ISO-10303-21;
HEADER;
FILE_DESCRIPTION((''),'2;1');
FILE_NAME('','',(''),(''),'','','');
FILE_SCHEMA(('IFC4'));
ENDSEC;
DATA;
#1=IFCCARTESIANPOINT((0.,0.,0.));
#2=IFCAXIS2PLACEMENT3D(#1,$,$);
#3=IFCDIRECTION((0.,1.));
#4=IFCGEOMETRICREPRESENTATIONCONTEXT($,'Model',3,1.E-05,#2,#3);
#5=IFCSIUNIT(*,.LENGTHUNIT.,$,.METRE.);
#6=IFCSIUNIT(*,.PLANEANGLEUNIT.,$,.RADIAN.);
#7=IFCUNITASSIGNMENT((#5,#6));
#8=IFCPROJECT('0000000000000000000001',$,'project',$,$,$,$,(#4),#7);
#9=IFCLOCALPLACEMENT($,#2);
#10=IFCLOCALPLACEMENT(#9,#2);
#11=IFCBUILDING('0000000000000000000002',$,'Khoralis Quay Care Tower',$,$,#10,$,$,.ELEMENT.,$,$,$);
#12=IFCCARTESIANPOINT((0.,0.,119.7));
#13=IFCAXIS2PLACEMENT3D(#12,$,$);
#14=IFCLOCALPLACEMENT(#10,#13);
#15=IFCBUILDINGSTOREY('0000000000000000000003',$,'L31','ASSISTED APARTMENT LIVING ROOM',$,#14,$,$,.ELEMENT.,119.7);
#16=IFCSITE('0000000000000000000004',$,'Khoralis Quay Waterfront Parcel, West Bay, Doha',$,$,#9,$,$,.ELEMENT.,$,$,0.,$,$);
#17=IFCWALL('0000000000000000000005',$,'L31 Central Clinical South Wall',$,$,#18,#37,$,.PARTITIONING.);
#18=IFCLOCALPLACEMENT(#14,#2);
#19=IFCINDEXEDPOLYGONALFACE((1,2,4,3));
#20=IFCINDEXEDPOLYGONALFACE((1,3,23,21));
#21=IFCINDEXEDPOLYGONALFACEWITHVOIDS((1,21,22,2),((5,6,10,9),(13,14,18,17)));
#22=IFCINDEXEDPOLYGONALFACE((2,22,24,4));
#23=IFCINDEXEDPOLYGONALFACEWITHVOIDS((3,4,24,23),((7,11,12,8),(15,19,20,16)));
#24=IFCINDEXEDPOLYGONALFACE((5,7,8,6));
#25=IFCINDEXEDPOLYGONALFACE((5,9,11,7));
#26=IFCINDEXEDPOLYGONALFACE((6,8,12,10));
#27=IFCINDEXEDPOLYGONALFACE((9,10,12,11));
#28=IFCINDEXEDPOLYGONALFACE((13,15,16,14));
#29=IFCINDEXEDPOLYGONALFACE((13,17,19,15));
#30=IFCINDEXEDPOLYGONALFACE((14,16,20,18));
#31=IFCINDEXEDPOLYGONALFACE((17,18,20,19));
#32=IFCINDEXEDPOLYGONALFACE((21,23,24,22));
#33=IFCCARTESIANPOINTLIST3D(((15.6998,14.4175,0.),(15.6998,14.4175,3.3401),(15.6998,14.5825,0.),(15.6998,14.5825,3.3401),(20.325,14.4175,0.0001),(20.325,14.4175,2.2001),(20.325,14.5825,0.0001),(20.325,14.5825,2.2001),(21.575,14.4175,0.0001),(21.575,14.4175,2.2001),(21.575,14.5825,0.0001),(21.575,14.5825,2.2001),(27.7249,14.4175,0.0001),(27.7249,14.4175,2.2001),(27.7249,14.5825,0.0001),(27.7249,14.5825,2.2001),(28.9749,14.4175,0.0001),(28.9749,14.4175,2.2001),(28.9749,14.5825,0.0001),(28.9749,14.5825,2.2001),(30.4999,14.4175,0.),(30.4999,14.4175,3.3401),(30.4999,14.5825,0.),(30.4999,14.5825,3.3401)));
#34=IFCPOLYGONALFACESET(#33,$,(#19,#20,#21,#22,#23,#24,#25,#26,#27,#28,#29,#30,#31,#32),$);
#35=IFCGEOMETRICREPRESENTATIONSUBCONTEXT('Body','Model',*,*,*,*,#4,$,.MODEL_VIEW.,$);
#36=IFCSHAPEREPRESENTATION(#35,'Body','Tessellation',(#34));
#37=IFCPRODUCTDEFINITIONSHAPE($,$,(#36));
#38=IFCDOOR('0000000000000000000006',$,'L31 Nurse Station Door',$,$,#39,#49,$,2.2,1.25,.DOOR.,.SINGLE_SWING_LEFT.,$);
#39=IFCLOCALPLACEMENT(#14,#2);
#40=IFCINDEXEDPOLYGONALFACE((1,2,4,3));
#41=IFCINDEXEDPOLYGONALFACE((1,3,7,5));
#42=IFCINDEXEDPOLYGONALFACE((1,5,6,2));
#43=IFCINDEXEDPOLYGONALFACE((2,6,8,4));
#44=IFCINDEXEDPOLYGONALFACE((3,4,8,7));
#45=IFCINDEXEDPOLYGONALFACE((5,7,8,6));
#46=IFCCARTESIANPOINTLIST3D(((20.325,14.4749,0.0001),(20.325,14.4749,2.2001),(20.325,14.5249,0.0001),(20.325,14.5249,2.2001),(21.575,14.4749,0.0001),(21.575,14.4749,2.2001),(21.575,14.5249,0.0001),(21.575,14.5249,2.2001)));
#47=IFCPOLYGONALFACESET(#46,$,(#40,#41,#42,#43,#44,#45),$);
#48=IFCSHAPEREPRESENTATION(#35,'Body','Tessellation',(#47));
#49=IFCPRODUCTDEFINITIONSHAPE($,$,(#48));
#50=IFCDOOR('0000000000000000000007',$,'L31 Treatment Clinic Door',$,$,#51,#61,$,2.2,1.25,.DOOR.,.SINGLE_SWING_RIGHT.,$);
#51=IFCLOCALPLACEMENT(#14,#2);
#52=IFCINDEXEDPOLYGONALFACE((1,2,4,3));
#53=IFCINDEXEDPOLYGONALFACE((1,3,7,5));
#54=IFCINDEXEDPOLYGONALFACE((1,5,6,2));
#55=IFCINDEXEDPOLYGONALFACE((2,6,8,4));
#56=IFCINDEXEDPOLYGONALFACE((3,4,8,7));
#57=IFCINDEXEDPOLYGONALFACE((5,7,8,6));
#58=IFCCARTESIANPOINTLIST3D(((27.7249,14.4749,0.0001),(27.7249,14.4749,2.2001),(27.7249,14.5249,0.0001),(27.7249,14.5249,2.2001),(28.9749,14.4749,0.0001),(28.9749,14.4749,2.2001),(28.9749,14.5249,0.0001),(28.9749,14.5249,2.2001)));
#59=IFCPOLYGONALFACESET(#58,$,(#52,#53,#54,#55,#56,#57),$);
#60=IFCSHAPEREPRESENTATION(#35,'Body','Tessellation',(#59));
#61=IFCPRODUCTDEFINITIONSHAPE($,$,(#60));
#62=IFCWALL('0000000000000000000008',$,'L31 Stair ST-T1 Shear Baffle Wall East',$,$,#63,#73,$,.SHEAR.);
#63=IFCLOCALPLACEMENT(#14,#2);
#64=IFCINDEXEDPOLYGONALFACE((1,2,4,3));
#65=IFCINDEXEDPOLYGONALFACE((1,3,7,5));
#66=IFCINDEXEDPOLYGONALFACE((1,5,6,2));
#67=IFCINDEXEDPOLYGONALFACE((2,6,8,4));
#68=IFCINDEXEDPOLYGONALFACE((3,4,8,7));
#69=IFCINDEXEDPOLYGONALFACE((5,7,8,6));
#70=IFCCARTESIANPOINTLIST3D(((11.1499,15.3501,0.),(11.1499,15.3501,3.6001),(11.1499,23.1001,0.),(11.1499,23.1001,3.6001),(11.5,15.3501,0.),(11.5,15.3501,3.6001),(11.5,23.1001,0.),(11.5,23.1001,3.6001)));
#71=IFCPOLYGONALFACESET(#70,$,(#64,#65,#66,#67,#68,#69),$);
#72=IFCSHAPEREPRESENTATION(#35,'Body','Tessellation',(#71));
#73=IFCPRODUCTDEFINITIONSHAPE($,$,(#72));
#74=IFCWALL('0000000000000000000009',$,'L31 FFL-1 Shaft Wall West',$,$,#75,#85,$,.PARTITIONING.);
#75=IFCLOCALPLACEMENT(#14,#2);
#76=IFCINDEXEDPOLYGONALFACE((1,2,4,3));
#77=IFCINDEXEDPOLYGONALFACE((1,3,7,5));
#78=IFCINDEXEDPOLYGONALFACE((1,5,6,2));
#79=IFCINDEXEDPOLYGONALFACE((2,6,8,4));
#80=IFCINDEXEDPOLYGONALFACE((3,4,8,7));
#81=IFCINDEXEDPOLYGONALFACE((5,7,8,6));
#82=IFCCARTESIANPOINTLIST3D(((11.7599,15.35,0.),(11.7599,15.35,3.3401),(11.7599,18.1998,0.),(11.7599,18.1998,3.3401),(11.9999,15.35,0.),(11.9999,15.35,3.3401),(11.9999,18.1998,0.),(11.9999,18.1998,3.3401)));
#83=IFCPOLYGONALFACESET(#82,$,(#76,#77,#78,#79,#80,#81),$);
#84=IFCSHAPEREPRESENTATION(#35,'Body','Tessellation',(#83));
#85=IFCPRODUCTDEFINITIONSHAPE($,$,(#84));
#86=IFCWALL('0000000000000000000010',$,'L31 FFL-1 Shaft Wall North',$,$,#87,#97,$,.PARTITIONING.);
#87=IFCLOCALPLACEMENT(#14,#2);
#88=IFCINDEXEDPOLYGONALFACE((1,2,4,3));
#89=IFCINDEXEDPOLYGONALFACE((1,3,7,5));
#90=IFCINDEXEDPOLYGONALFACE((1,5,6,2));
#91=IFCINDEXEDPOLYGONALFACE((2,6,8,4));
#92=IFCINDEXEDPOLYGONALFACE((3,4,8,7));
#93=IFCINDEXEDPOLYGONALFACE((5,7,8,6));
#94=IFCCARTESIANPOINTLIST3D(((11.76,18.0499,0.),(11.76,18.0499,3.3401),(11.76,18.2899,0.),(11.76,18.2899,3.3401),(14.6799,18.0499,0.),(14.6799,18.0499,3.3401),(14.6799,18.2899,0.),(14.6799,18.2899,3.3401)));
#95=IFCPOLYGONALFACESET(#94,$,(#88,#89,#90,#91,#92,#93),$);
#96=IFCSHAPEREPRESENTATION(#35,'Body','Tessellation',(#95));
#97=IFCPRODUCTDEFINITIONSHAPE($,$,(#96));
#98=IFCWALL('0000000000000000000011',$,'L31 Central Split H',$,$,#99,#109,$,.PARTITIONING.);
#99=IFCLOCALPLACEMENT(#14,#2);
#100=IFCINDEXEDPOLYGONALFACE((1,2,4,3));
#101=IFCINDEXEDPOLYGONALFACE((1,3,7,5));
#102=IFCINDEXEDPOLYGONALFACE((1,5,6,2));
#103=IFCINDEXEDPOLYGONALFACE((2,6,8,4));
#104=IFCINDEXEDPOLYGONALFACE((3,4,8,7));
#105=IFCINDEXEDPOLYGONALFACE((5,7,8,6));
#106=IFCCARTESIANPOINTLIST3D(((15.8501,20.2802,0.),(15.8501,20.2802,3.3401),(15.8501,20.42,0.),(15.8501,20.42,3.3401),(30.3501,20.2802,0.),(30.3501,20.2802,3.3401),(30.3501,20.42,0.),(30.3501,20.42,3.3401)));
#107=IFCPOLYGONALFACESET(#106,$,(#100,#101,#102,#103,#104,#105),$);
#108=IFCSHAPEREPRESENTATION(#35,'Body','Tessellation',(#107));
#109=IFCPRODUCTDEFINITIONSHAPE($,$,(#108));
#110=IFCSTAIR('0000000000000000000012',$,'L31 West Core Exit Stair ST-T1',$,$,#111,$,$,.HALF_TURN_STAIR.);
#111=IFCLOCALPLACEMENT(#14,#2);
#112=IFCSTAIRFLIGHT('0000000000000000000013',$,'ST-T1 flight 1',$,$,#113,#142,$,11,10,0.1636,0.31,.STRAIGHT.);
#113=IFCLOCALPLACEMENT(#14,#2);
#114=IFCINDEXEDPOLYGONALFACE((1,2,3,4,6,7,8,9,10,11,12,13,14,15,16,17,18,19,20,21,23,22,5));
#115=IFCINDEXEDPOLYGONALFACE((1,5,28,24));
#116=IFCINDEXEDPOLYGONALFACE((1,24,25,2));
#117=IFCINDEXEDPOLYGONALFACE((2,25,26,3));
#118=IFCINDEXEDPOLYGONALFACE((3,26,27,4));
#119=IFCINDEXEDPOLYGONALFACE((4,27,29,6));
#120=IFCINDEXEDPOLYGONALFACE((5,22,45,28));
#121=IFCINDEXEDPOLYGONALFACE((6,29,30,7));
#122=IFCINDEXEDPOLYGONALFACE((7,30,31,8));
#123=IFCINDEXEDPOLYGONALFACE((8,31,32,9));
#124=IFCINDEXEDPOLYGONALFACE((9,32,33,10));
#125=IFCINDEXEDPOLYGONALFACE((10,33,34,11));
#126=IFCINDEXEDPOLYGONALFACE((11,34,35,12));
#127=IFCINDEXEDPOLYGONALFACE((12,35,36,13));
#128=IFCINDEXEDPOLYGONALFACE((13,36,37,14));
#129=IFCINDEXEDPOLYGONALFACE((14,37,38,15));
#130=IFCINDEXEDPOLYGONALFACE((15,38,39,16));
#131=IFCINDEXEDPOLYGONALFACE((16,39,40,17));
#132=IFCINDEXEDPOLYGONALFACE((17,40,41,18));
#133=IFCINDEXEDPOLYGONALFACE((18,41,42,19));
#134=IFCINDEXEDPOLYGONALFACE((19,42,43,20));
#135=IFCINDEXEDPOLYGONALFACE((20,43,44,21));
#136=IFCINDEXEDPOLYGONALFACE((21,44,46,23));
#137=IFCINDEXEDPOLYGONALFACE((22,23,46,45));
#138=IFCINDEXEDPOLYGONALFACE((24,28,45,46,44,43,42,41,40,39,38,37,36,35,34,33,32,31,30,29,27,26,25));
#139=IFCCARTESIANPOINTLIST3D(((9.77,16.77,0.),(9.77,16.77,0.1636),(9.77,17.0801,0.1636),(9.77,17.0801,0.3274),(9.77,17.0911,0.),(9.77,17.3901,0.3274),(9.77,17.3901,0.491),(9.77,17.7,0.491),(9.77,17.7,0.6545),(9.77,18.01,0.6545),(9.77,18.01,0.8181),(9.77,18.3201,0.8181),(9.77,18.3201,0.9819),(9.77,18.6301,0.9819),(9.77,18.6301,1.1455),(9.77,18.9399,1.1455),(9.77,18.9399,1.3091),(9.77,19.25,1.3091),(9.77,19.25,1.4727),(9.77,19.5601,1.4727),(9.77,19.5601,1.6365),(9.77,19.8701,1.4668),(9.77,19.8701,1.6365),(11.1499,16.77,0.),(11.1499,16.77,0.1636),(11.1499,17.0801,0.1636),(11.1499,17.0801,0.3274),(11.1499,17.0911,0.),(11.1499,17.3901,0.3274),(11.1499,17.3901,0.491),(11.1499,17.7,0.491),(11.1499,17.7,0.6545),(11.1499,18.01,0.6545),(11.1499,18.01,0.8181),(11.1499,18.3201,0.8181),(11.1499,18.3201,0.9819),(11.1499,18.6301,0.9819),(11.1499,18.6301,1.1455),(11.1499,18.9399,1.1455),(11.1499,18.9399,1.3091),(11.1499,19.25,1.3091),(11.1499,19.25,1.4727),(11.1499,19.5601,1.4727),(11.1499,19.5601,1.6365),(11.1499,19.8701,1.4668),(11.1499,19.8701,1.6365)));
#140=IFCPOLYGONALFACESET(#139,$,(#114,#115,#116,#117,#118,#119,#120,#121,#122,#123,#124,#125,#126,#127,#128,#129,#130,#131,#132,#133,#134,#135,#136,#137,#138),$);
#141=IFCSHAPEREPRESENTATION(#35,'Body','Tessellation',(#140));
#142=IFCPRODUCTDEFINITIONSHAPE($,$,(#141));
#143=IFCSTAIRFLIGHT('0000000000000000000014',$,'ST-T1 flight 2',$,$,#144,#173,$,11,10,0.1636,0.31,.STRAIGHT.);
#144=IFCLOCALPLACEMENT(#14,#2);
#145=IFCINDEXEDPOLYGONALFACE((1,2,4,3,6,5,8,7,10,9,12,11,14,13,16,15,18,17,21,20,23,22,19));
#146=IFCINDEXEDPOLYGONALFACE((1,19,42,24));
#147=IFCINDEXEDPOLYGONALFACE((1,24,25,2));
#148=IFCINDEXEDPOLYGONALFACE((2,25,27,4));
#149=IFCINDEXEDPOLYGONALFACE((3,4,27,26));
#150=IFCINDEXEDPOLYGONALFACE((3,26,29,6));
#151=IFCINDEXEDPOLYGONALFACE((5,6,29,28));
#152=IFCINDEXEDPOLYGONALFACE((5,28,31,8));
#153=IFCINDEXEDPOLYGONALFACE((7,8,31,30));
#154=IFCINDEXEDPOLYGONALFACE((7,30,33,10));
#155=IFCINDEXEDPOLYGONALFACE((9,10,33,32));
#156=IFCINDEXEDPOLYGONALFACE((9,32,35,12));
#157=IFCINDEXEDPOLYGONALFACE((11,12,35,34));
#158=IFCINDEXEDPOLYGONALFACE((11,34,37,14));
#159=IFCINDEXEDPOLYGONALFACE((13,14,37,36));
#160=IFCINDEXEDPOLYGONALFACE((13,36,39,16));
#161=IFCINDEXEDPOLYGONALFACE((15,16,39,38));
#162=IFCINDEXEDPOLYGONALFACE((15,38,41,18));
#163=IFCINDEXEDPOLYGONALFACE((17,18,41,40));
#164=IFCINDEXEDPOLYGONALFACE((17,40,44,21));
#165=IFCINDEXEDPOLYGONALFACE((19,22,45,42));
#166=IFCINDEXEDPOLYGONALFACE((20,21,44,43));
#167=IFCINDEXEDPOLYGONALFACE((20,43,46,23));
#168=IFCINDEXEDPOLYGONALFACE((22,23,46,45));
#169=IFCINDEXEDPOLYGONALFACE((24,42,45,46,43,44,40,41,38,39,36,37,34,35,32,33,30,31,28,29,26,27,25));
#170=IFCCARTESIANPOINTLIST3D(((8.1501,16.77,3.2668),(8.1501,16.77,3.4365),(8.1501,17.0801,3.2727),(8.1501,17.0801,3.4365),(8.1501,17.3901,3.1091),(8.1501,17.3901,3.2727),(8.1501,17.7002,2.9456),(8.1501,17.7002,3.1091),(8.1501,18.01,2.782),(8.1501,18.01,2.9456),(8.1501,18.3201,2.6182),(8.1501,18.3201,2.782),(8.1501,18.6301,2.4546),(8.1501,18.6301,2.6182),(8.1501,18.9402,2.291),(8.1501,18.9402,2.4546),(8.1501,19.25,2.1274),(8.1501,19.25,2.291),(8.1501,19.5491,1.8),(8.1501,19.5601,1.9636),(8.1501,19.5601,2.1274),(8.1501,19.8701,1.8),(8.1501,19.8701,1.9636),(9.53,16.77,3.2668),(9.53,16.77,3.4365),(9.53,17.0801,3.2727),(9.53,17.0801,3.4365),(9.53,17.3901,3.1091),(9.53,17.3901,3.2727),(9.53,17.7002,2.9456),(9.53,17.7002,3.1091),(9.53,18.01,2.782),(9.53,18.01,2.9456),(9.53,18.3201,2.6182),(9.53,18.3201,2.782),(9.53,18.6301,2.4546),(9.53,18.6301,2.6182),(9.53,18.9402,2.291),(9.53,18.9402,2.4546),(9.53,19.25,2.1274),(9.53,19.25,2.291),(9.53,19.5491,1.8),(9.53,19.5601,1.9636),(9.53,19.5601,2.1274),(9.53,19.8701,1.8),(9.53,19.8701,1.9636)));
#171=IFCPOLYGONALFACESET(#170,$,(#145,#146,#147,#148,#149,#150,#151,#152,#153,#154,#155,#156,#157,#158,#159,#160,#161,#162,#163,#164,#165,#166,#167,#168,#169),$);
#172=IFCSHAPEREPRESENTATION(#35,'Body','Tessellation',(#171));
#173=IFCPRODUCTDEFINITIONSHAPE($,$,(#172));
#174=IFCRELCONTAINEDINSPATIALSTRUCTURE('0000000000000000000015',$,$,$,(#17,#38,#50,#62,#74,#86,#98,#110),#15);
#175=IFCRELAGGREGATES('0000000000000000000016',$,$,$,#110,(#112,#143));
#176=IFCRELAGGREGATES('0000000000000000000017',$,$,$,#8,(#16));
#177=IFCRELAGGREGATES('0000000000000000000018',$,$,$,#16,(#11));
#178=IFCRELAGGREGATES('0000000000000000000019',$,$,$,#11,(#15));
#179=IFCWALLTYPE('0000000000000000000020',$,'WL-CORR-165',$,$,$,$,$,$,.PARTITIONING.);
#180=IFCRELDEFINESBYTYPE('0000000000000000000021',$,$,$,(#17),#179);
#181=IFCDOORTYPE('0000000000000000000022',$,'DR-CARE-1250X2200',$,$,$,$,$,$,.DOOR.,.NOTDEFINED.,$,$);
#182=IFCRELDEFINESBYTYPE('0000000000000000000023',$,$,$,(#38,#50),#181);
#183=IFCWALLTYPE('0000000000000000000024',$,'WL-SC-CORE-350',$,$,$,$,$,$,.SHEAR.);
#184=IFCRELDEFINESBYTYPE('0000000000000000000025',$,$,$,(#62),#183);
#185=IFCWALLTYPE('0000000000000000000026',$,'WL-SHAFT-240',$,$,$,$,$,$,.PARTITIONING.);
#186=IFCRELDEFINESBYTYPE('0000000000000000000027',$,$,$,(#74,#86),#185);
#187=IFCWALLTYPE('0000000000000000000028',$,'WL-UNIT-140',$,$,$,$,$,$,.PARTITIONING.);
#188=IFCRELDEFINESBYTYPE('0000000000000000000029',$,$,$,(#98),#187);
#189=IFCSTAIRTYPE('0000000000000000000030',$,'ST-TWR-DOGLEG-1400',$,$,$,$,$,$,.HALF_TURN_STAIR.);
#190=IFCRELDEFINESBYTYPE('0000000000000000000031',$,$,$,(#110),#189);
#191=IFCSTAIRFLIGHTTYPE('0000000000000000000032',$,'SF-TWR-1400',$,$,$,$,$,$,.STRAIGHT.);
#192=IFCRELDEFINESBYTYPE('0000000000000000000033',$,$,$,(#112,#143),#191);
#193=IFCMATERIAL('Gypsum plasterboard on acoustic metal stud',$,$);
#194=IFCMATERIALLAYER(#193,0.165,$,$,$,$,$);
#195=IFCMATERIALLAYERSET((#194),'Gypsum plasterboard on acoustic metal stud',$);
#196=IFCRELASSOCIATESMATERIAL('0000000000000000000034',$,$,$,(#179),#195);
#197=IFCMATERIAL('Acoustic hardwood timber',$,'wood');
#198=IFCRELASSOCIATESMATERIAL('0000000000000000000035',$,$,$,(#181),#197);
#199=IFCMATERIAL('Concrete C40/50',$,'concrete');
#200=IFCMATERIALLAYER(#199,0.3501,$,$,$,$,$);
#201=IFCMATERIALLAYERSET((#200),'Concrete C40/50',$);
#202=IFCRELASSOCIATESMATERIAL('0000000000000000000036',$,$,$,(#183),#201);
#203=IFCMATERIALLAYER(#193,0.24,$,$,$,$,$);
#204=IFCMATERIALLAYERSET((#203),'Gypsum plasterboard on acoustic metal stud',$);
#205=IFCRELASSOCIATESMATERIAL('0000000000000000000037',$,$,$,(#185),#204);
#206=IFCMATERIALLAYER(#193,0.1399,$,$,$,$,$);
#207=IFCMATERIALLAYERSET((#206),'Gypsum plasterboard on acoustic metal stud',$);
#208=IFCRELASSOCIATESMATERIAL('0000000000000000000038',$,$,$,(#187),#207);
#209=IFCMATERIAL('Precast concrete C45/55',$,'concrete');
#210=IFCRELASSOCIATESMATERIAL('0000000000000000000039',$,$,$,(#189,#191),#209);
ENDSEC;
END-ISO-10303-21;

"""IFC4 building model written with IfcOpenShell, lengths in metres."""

from ifc_helpers import new_model, si_unit, direction, frame, frame_2d, origin, place, context, subcontext, project, spatial, polyline, rectangle, outline, extrude, source, transform, mapped, material, layer, layer_set, type_object, element, fill, aggregate, save


model = new_model("IFC4")

# Units and contexts
model_context = context("Model", 3, precision=1e-05, world=origin(), true_north=direction((0.0, 1.0)))
body_context = subcontext(model_context, "Body", "Model", "MODEL_VIEW")
ifc_project = project(units=[si_unit("LENGTHUNIT", "METRE"), si_unit("PLANEANGLEUNIT", "RADIAN")], contexts=[model_context])

# Site, building, storey
site_placement = place(None, origin())
site = spatial("IfcSite", under=ifc_project, at=site_placement, Name="Khoralis Quay Waterfront Parcel, West Bay, Doha", CompositionType="ELEMENT", RefElevation=0.0)
building_placement = place(site_placement, origin())
building = spatial("IfcBuilding", under=site, at=building_placement, Name="Khoralis Quay Care Tower", CompositionType="ELEMENT")
storey_placement = place(building_placement, frame((0.0, 0.0, 119.7)))
storey = spatial("IfcBuildingStorey", under=building, at=storey_placement, Name="L31", Description="ASSISTED APARTMENT LIVING ROOM", CompositionType="ELEMENT", Elevation=119.7)

# Shared definitions
ifc_material_1 = material(Name="Gypsum plasterboard on acoustic metal stud")

# Wall, openings, doors
ifc_layer_1 = layer(ifc_material_1, 0.165)
ifc_layer_set_1 = layer_set([ifc_layer_1], Name="Gypsum plasterboard on acoustic metal stud")
wall_type_1 = type_object("IfcWallType", Name="WL-CORR-165", PredefinedType="PARTITIONING", material=ifc_layer_set_1)
wall_1_placement = place(storey_placement, frame((15.7, 14.5, 0.0), z_axis=(0.0, 0.0, 1.0), x_axis=(1.0, 0.0, 0.0)))
wall_1 = element("IfcWall", 1, at=wall_1_placement, inside=storey, type_object=wall_type_1, Name="L31 Central Clinical South Wall", PredefinedType="PARTITIONING", context=body_context, shape_type="SweptSolid", body=[
    extrude(rectangle(XDim=14.8, YDim=0.165, at=frame_2d((7.3999, 0.0))), origin(), (0.0, 0.0, 1.0), 3.3401),
])
opening_1_placement = place(wall_1_placement, frame((4.625, 0.0, 0.0)))
opening_1 = element("IfcOpeningElement", 2, at=opening_1_placement, cuts=wall_1, PredefinedType="OPENING", context=body_context, shape_type="SweptSolid", body=[
    extrude(rectangle(XDim=1.25, YDim=2.2, at=frame_2d((0.625, 1.1001))), frame((0.0, 0.0925, 0.0), z_axis=(0.0, -1.0, 0.0), x_axis=(1.0, 0.0, 0.0)), (0.0, 0.0, 1.0), 0.1851),
])
opening_2_placement = place(wall_1_placement, frame((12.0249, 0.0, 0.0)))
opening_2 = element("IfcOpeningElement", 3, at=opening_2_placement, cuts=wall_1, PredefinedType="OPENING", context=body_context, shape_type="SweptSolid", body=[
    extrude(rectangle(XDim=1.25, YDim=2.2, at=frame_2d((0.625, 1.1001))), frame((0.0, 0.0925, 0.0), z_axis=(0.0, -1.0, 0.0), x_axis=(1.0, 0.0, 0.0)), (0.0, 0.0, 1.0), 0.1851),
])
ifc_material_2 = material(Name="Acoustic hardwood timber", Category="wood")
door_type_1 = type_object("IfcDoorType", Name="DR-CARE-1250X2200", OperationType="NOTDEFINED", PredefinedType="DOOR", material=ifc_material_2)
shared_shape_1 = source(origin(), body_context, "Body", "SweptSolid", [
    extrude(rectangle(XDim=1.25, YDim=2.2, at=frame_2d((0.625, 1.1001))), frame((0.0, 0.0249, 0.0), z_axis=(0.0, -1.0, 0.0), x_axis=(1.0, 0.0, 0.0)), (0.0, 0.0, 1.0), 0.05),
])
door_1_placement = place(opening_1_placement, origin())
door_1 = element("IfcDoor", 4, at=door_1_placement, inside=storey, type_object=door_type_1, Name="L31 Nurse Station Door", OperationType="SINGLE_SWING_LEFT", OverallHeight=2.2, OverallWidth=1.25, PredefinedType="DOOR", context=body_context, shape_type="MappedRepresentation", body=[
    mapped(shared_shape_1, transform((0.0, 0.0, 0.0), scale=1.0)),
])
fill(opening_1, door_1)
door_2_placement = place(opening_2_placement, origin())
door_2 = element("IfcDoor", 5, at=door_2_placement, inside=storey, type_object=door_type_1, Name="L31 Treatment Clinic Door", OperationType="SINGLE_SWING_RIGHT", OverallHeight=2.2, OverallWidth=1.25, PredefinedType="DOOR", context=body_context, shape_type="MappedRepresentation", body=[
    mapped(shared_shape_1, transform((0.0, 0.0, 0.0), scale=1.0)),
])
fill(opening_2, door_2)

# Walls
ifc_material_3 = material(Name="Concrete C40/50", Category="concrete")
ifc_layer_2 = layer(ifc_material_3, 0.3501)
ifc_layer_set_2 = layer_set([ifc_layer_2], Name="Concrete C40/50")
wall_type_2 = type_object("IfcWallType", Name="WL-SC-CORE-350", PredefinedType="SHEAR", material=ifc_layer_set_2)
wall_2_placement = place(storey_placement, frame((11.325, 15.3501, 0.0), z_axis=(0.0, 0.0, 1.0), x_axis=(0.0, 1.0, 0.0)))
element("IfcWall", 6, at=wall_2_placement, inside=storey, type_object=wall_type_2, Name="L31 Stair ST-T1 Shear Baffle Wall East", PredefinedType="SHEAR", context=body_context, shape_type="SweptSolid", body=[
    extrude(rectangle(XDim=7.75, YDim=0.3501, at=frame_2d((3.875, 0.0))), origin(), (0.0, 0.0, 1.0), 3.6001),
])
ifc_layer_3 = layer(ifc_material_1, 0.24)
ifc_layer_set_3 = layer_set([ifc_layer_3], Name="Gypsum plasterboard on acoustic metal stud")
wall_type_3 = type_object("IfcWallType", Name="WL-SHAFT-240", PredefinedType="PARTITIONING", material=ifc_layer_set_3)
wall_3_placement = place(storey_placement, frame((11.8799, 15.3501, 0.0), z_axis=(0.0, 0.0, 1.0), x_axis=(0.0, 1.0, 0.0)))
element("IfcWall", 7, at=wall_3_placement, inside=storey, type_object=wall_type_3, Name="L31 FFL-1 Shaft Wall West", PredefinedType="PARTITIONING", context=body_context, shape_type="SweptSolid", body=[
    extrude(rectangle(XDim=2.8499, YDim=0.24, at=frame_2d((1.4248, 0.0))), origin(), (0.0, 0.0, 1.0), 3.3401),
])
wall_4_placement = place(storey_placement, frame((11.76, 18.1699, 0.0), z_axis=(0.0, 0.0, 1.0), x_axis=(1.0, 0.0, 0.0)))
element("IfcWall", 8, at=wall_4_placement, inside=storey, type_object=wall_type_3, Name="L31 FFL-1 Shaft Wall North", PredefinedType="PARTITIONING", context=body_context, shape_type="SweptSolid", body=[
    extrude(rectangle(XDim=2.9199, YDim=0.24, at=frame_2d((1.46, 0.0))), origin(), (0.0, 0.0, 1.0), 3.3401),
])
ifc_layer_4 = layer(ifc_material_1, 0.1399)
ifc_layer_set_4 = layer_set([ifc_layer_4], Name="Gypsum plasterboard on acoustic metal stud")
wall_type_4 = type_object("IfcWallType", Name="WL-UNIT-140", PredefinedType="PARTITIONING", material=ifc_layer_set_4)
wall_5_placement = place(storey_placement, frame((15.8501, 20.3501, 0.0), z_axis=(0.0, 0.0, 1.0), x_axis=(1.0, 0.0, 0.0)))
element("IfcWall", 9, at=wall_5_placement, inside=storey, type_object=wall_type_4, Name="L31 Central Split H", PredefinedType="PARTITIONING", context=body_context, shape_type="SweptSolid", body=[
    extrude(rectangle(XDim=14.5, YDim=0.1399, at=frame_2d((7.25, 0.0))), origin(), (0.0, 0.0, 1.0), 3.3401),
])

# Stair, stair flights
ifc_material_4 = material(Name="Precast concrete C45/55", Category="concrete")
stair_type = type_object("IfcStairType", Name="ST-TWR-DOGLEG-1400", PredefinedType="HALF_TURN_STAIR", material=ifc_material_4)
stair_placement = place(storey_placement, origin())
stair = element("IfcStair", 10, at=stair_placement, inside=storey, type_object=stair_type, Name="L31 West Core Exit Stair ST-T1", PredefinedType="HALF_TURN_STAIR")
stair_flight_type = type_object("IfcStairFlightType", Name="SF-TWR-1400", PredefinedType="STRAIGHT", material=ifc_material_4)
shared_shape_2 = source(origin(), body_context, "Body", "SweptSolid", [
    extrude(outline(polyline([(0.0, 0.0), (0.0, 0.1636), (0.3101, 0.1636), (0.3101, 0.3274), (0.6201, 0.3274), (0.6201, 0.491), (0.9299, 0.491), (0.9299, 0.6545), (1.24, 0.6545), (1.24, 0.8181), (1.55, 0.8181), (1.55, 0.9819), (1.8601, 0.9819), (1.8601, 1.1455), (2.1699, 1.1455), (2.1699, 1.3091), (2.48, 1.3091), (2.48, 1.4727), (2.79, 1.4727), (2.79, 1.6365), (3.1001, 1.6365), (3.1001, 1.8), (3.1001, 1.4668), (0.321, 0.0), (0.0, 0.0)])), frame((0.0, 0.6899, 0.0), z_axis=(0.0, -1.0, 0.0), x_axis=(1.0, 0.0, 0.0)), (0.0, 0.0, 1.0), 1.3799),
])
stair_flight_1_placement = place(storey_placement, frame((10.46, 16.77, 0.0), z_axis=(0.0, 0.0, 1.0), x_axis=(0.0, 1.0, 0.0)))
stair_flight_1 = element("IfcStairFlight", 11, at=stair_flight_1_placement, type_object=stair_flight_type, Name="ST-T1 flight 1", NumberOfRisers=11, NumberOfTreads=10, PredefinedType="STRAIGHT", RiserHeight=0.1636, TreadLength=0.31, context=body_context, shape_type="MappedRepresentation", body=[
    mapped(shared_shape_2, transform((0.0, 0.0, 0.0), scale=1.0)),
])
stair_flight_2_placement = place(storey_placement, frame((8.8401, 19.8701, 1.8), z_axis=(0.0, 0.0, 1.0), x_axis=(0.0, -1.0, 0.0)))
stair_flight_2 = element("IfcStairFlight", 12, at=stair_flight_2_placement, type_object=stair_flight_type, Name="ST-T1 flight 2", NumberOfRisers=11, NumberOfTreads=10, PredefinedType="STRAIGHT", RiserHeight=0.1636, TreadLength=0.31, context=body_context, shape_type="MappedRepresentation", body=[
    mapped(shared_shape_2, transform((0.0, 0.0, 0.0), scale=1.0)),
])
aggregate(stair, [stair_flight_1, stair_flight_2])

save(model, "model.ifc")
